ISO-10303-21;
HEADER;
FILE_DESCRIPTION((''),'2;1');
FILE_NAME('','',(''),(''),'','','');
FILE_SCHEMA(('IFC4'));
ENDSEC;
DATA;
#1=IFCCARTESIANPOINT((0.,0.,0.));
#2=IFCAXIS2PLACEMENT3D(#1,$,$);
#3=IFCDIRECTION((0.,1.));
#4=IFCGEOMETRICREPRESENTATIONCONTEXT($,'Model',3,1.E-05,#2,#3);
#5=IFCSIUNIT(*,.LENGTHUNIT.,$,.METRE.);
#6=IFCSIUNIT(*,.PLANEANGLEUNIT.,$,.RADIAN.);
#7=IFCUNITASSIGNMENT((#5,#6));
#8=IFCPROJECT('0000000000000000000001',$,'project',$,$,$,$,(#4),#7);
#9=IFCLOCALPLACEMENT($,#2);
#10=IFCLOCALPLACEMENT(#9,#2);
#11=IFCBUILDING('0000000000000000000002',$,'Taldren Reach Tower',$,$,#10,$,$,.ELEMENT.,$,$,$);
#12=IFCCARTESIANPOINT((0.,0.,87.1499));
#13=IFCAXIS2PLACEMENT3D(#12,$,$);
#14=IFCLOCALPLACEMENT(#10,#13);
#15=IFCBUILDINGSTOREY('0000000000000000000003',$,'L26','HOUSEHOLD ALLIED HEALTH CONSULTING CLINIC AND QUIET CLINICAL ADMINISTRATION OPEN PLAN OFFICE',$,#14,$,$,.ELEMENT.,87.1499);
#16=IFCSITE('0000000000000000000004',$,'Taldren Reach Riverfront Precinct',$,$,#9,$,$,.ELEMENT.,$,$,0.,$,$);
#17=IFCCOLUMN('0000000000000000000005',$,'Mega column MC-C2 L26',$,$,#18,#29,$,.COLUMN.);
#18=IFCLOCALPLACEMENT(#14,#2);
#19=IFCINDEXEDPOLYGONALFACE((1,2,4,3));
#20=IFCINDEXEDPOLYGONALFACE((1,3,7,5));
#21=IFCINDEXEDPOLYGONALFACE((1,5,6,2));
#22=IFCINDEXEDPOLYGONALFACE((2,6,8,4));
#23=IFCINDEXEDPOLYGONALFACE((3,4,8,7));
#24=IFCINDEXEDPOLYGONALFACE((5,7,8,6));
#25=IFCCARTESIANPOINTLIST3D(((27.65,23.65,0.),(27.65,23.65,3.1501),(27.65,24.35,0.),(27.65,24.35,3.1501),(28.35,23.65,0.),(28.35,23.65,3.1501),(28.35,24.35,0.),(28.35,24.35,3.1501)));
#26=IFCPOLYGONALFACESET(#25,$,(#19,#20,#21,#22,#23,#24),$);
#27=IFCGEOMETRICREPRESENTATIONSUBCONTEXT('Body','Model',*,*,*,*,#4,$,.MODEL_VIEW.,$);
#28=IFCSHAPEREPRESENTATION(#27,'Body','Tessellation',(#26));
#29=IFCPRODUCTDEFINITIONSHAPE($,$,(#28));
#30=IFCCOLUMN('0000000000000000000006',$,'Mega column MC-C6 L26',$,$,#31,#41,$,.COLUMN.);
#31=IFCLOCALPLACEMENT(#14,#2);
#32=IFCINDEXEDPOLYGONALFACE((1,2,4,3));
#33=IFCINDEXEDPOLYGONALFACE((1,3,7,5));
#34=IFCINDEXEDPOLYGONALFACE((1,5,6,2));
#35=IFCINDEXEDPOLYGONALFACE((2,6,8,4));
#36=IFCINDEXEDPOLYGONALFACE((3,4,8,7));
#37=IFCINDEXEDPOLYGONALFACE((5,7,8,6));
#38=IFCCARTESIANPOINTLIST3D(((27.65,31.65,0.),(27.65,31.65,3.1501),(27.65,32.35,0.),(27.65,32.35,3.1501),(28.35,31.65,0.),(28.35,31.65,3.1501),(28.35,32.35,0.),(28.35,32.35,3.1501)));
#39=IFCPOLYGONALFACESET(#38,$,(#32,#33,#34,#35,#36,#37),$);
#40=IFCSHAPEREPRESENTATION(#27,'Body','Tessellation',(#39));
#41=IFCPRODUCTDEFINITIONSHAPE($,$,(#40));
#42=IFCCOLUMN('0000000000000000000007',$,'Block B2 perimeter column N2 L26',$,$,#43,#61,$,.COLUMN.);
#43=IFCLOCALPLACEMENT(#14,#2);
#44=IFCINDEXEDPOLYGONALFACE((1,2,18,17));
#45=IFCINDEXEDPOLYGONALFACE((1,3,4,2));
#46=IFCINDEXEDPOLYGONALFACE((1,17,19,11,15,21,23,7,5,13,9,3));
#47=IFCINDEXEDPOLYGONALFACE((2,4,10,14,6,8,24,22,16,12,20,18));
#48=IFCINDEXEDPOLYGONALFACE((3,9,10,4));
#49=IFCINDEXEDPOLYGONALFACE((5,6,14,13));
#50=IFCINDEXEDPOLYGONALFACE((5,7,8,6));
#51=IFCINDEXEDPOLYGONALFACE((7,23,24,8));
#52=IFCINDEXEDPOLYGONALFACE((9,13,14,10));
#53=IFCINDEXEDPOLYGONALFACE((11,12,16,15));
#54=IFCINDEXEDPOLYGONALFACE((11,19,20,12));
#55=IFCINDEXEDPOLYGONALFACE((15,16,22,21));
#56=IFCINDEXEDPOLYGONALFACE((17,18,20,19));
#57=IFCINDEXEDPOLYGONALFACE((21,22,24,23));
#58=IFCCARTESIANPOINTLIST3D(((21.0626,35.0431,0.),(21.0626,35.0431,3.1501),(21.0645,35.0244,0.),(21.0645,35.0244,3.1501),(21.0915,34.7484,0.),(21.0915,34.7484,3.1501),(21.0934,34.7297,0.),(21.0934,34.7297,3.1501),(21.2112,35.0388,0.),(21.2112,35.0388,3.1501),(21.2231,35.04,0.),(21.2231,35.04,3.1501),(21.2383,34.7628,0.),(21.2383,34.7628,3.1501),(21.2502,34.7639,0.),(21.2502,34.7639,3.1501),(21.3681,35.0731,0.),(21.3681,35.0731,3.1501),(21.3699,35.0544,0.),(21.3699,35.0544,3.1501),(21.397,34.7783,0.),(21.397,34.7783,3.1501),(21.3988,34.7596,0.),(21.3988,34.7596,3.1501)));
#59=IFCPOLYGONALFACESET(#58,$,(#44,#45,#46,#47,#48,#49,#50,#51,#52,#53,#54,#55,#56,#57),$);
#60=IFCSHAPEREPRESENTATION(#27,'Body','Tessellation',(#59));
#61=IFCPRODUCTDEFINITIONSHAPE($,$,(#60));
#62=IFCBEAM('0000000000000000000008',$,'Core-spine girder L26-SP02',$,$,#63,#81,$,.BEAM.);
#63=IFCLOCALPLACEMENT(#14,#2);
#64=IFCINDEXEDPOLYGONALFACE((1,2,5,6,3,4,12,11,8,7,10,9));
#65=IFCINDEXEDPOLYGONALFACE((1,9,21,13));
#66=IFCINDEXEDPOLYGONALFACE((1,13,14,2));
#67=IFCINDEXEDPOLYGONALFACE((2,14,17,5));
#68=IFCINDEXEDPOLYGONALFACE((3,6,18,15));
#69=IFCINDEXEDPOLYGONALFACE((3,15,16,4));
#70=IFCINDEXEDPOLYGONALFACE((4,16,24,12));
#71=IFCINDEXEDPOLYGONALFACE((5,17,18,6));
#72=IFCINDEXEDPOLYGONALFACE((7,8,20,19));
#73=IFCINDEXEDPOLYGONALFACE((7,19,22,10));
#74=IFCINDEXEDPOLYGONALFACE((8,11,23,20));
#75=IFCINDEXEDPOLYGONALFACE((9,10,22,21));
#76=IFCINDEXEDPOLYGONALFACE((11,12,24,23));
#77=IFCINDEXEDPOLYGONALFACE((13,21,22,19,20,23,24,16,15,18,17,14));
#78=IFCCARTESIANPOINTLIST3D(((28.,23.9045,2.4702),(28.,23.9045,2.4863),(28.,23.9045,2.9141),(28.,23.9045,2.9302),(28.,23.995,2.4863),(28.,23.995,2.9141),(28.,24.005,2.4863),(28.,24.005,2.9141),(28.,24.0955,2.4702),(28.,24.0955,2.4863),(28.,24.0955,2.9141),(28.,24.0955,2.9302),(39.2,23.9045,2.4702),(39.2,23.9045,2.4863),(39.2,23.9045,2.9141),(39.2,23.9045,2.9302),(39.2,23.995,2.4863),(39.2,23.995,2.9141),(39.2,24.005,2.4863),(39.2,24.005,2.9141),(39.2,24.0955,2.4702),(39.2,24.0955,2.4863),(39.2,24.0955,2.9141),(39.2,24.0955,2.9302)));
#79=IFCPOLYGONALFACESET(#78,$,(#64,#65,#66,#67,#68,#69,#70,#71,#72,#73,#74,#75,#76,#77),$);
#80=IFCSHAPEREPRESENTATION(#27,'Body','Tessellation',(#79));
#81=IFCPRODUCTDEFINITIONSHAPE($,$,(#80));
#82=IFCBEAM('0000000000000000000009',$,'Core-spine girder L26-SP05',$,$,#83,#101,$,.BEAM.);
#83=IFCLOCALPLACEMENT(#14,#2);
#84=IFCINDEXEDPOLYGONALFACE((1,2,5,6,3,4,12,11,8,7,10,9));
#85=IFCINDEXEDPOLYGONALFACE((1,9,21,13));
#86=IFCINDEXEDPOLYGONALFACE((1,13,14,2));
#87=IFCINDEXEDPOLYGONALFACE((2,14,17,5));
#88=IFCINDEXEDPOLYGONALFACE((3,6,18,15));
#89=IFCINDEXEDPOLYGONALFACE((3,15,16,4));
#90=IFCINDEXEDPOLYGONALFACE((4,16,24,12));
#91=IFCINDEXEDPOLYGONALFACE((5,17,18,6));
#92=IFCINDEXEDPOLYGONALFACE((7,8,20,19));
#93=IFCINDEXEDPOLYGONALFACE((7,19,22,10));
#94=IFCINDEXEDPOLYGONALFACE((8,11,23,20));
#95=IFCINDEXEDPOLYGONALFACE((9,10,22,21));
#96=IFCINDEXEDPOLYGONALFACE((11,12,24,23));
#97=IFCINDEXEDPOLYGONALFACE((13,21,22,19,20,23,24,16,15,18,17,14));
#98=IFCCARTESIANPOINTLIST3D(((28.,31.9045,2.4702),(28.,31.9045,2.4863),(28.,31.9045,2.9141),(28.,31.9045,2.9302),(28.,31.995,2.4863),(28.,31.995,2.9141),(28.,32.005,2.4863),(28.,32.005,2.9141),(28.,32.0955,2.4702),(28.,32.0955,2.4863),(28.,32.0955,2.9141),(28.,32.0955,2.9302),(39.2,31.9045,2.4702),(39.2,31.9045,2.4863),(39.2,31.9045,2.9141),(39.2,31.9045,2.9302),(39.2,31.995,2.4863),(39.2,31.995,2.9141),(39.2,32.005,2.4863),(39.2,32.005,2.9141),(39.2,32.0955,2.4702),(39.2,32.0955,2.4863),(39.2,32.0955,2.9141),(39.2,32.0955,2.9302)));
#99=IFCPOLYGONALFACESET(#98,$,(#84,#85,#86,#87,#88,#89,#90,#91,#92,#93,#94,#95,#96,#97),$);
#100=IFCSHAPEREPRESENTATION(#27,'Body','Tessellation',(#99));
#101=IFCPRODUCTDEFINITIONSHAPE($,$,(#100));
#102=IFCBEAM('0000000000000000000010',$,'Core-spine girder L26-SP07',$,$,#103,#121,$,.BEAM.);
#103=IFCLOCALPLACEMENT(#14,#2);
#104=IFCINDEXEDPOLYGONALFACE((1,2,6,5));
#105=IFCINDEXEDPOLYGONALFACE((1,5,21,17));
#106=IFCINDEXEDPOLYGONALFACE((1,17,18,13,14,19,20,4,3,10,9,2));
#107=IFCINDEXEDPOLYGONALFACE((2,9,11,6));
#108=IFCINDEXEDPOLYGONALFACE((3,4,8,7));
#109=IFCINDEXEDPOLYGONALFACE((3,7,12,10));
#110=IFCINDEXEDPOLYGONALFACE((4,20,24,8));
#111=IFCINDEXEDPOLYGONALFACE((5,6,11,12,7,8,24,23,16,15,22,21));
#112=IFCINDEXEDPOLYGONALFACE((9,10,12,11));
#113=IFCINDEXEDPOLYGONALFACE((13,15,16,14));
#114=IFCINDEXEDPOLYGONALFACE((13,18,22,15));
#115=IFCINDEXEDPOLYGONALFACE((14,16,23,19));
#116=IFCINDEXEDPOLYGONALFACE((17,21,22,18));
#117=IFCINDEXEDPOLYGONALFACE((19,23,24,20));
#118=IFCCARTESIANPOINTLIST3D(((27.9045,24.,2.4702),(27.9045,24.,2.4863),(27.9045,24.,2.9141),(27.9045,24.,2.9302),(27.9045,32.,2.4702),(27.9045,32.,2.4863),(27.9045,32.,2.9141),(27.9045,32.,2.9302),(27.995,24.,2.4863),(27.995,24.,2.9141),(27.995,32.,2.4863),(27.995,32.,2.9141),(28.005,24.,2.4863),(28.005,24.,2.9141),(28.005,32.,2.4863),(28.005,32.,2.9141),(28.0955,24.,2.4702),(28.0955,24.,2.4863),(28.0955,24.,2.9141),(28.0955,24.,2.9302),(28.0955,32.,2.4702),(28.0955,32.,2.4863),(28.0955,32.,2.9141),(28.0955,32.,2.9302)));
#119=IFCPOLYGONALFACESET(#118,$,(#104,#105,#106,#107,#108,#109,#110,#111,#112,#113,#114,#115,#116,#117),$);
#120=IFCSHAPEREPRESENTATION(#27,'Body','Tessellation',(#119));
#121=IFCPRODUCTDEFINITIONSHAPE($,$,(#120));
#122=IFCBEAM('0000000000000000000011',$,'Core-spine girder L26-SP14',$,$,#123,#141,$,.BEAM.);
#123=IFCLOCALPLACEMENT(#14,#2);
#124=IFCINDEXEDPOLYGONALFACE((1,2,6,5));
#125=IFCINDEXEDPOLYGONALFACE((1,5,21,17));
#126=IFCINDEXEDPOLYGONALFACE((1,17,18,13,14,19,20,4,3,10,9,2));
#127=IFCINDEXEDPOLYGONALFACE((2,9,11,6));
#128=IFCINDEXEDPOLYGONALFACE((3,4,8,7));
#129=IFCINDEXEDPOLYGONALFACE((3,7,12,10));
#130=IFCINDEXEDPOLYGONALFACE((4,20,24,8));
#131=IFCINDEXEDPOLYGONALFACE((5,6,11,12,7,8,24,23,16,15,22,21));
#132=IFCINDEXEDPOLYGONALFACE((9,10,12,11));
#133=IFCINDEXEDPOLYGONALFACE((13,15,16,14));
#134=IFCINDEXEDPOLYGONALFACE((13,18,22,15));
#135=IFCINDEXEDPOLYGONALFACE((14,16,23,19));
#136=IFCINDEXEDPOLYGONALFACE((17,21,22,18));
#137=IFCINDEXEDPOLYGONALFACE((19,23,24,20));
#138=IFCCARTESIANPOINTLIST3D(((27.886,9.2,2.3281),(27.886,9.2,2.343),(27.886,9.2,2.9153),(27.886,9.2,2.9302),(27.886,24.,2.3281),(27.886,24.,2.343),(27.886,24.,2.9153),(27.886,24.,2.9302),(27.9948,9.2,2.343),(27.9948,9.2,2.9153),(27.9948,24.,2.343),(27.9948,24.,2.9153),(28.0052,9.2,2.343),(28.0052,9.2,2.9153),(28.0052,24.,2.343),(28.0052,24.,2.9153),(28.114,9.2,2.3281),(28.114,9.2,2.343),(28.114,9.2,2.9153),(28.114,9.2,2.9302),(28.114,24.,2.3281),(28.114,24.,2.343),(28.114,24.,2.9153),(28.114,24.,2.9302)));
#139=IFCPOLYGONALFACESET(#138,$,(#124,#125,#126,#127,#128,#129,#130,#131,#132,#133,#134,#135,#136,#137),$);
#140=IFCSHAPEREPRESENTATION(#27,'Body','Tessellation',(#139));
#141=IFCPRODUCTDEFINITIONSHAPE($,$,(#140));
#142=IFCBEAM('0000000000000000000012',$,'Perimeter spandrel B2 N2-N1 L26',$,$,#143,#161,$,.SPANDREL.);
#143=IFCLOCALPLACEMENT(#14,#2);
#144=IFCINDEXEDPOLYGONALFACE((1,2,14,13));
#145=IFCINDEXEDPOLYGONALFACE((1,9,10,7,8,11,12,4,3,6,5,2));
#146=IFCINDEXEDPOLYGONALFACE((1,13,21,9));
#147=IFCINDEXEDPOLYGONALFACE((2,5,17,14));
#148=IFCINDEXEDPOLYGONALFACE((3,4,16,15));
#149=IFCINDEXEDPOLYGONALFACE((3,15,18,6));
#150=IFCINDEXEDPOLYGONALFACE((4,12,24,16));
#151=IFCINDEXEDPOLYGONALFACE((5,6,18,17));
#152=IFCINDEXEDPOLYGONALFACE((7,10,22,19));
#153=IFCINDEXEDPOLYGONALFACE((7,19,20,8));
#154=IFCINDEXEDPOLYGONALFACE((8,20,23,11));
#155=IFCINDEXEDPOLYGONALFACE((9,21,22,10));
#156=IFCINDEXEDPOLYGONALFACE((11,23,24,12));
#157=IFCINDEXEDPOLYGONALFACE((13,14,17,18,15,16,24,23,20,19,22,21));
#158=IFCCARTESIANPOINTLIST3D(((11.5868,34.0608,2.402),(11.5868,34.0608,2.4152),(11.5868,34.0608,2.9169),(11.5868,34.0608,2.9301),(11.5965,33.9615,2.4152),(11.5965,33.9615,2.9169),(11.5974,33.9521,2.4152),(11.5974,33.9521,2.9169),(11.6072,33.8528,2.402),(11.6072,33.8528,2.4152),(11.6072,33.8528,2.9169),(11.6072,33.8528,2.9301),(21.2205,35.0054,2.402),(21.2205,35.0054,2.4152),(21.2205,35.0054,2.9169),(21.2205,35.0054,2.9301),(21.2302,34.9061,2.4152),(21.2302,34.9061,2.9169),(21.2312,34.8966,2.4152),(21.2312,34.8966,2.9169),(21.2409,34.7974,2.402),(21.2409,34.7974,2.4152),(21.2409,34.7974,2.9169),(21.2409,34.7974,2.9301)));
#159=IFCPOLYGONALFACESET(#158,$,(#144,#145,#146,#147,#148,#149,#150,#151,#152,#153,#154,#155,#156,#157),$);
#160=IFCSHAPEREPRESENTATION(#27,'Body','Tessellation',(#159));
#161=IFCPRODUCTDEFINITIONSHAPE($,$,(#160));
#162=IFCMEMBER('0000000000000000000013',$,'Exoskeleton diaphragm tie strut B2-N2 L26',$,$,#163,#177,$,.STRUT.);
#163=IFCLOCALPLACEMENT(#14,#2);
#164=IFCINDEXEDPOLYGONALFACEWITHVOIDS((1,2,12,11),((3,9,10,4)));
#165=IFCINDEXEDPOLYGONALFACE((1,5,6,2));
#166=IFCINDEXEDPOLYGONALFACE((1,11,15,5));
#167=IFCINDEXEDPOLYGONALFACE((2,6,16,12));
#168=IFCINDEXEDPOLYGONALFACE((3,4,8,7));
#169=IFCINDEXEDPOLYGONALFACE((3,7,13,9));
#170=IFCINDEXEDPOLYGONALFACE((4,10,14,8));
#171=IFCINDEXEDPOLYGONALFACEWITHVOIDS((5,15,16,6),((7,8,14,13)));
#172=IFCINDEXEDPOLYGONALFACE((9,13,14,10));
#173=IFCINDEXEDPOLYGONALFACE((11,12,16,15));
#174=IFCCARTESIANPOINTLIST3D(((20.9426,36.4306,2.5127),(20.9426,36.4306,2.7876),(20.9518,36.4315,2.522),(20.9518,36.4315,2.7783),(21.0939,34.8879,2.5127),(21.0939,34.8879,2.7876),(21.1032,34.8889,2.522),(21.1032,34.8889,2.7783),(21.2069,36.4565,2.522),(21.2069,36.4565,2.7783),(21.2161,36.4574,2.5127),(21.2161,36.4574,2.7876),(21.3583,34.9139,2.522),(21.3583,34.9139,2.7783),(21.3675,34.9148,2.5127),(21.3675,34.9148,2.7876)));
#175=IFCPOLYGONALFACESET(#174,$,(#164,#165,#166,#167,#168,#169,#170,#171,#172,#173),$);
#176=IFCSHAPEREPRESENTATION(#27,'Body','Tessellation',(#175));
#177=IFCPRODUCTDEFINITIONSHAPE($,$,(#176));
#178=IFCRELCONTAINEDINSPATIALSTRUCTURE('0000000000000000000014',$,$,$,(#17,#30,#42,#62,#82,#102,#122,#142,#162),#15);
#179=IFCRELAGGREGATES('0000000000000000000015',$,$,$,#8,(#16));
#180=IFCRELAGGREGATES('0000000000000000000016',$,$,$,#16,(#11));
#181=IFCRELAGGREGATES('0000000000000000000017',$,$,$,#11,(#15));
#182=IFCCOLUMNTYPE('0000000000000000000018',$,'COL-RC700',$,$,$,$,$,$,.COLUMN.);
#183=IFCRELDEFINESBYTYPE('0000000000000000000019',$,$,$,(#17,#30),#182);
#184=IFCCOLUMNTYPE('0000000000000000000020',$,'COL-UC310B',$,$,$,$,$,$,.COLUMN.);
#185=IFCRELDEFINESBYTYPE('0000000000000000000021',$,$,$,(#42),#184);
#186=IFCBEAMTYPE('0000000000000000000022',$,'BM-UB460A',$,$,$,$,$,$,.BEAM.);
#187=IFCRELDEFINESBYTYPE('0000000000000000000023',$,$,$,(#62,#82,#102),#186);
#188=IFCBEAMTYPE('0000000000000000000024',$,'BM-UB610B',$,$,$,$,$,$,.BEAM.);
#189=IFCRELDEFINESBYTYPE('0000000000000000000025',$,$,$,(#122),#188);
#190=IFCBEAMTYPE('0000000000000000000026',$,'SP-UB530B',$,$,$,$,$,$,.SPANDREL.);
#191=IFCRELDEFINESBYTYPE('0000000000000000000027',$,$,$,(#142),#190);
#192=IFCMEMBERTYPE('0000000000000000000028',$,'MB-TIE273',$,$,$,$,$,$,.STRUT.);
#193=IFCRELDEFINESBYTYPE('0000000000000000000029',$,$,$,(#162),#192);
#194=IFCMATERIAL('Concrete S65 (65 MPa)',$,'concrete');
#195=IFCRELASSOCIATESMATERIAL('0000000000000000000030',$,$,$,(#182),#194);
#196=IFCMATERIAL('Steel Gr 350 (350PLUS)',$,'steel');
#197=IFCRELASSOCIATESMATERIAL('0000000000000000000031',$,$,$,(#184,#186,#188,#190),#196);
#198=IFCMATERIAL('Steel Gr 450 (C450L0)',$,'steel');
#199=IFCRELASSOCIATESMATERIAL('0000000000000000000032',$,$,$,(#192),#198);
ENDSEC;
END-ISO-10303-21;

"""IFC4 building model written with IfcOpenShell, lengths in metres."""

from ifc_helpers import new_model, si_unit, direction, frame, origin, origin_2d, place, context, subcontext, project, spatial, rectangle, hollow_rectangle, i_section, extrude, source, transform, mapped, material, material_profile, profile_set, type_object, element, save


model = new_model("IFC4")

# Units and contexts
model_context = context("Model", 3, precision=1e-05, world=origin(), true_north=direction((0.0, 1.0)))
body_context = subcontext(model_context, "Body", "Model", "MODEL_VIEW")
ifc_project = project(units=[si_unit("LENGTHUNIT", "METRE"), si_unit("PLANEANGLEUNIT", "RADIAN")], contexts=[model_context])

# Site, building, storey
site_placement = place(None, origin())
site = spatial("IfcSite", under=ifc_project, at=site_placement, Name="Taldren Reach Riverfront Precinct", CompositionType="ELEMENT", RefElevation=0.0)
building_placement = place(site_placement, origin())
building = spatial("IfcBuilding", under=site, at=building_placement, Name="Taldren Reach Tower", CompositionType="ELEMENT")
storey_placement = place(building_placement, frame((0.0, 0.0, 87.1499)))
storey = spatial("IfcBuildingStorey", under=building, at=storey_placement, Name="L26", Description="HOUSEHOLD ALLIED HEALTH CONSULTING CLINIC AND QUIET CLINICAL ADMINISTRATION OPEN PLAN OFFICE", CompositionType="ELEMENT", Elevation=87.1499)

# Columns
ifc_material_1 = material(Name="Concrete S65 (65 MPa)", Category="concrete")
ifc_material_profile_1 = material_profile(ifc_material_1, rectangle(XDim=0.7, YDim=0.7, at=origin_2d()), Name="RC-700x700")
ifc_profile_set_1 = profile_set([ifc_material_profile_1], Name="Concrete S65 (65 MPa)")
column_type_1 = type_object("IfcColumnType", Name="COL-RC700", PredefinedType="COLUMN", material=ifc_profile_set_1)
shared_shape_1 = source(origin(), body_context, "Body", "SweptSolid", [
    extrude(rectangle(XDim=0.7, YDim=0.7, at=origin_2d()), origin(), (0.0, 0.0, 1.0), 3.1501),
])
for number, where, z_axis, x_axis, name in (
    (1, (28.0, 24.0, 0.0), (0.0, 0.0, 1.0), (1.0, 0.0, 0.0), "Mega column MC-C2 L26"),
    (2, (28.0, 32.0, 0.0), (0.0, 0.0, 1.0), (1.0, 0.0, 0.0), "Mega column MC-C6 L26"),
):
    element("IfcColumn", number, at=place(storey_placement, frame(where, z_axis=z_axis, x_axis=x_axis)), inside=storey, type_object=column_type_1, Name=name, PredefinedType="COLUMN", context=body_context, shape_type="MappedRepresentation", body=[
        mapped(shared_shape_1, transform((0.0, 0.0, 0.0), scale=1.0)),
    ])
ifc_material_2 = material(Name="Steel Gr 350 (350PLUS)", Category="steel")
ifc_material_profile_2 = material_profile(ifc_material_2, i_section(OverallWidth=0.3069, OverallDepth=0.3149, WebThickness=0.012, FlangeThickness=0.0188, at=origin_2d()), Name="310UC118")
ifc_profile_set_2 = profile_set([ifc_material_profile_2], Name="Steel Gr 350 (350PLUS)")
column_type_2 = type_object("IfcColumnType", Name="COL-UC310B", PredefinedType="COLUMN", material=ifc_profile_set_2)
shared_shape_2 = source(origin(), body_context, "Body", "SweptSolid", [
    extrude(i_section(OverallWidth=0.3069, OverallDepth=0.3149, WebThickness=0.012, FlangeThickness=0.0188, at=origin_2d()), origin(), (0.0, 0.0, 1.0), 3.1501),
])
column_placement = place(storey_placement, frame((21.2307, 34.9014, 0.0), z_axis=(0.0, 0.0, 1.0), x_axis=(0.995227, 0.097583, 0.0)))
element("IfcColumn", 3, at=column_placement, inside=storey, type_object=column_type_2, Name="Block B2 perimeter column N2 L26", PredefinedType="COLUMN", context=body_context, shape_type="MappedRepresentation", body=[
    mapped(shared_shape_2, transform((0.0, 0.0, 0.0), scale=1.0)),
])

# Beams
ifc_material_profile_3 = material_profile(ifc_material_2, i_section(OverallWidth=0.1909, OverallDepth=0.46, WebThickness=0.01, FlangeThickness=0.0161, at=origin_2d()), Name="460UB82.1")
ifc_profile_set_3 = profile_set([ifc_material_profile_3], Name="Steel Gr 350 (350PLUS)")
beam_type_1 = type_object("IfcBeamType", Name="BM-UB460A", PredefinedType="BEAM", material=ifc_profile_set_3)
shared_shape_3 = source(origin(), body_context, "Body", "SweptSolid", [
    extrude(i_section(OverallWidth=0.1909, OverallDepth=0.46, WebThickness=0.01, FlangeThickness=0.0161, at=origin_2d()), origin(), (0.0, 0.0, 1.0), 11.2),
])
for number, where, z_axis, x_axis, name in (
    (4, (28.0, 24.0, 2.7002), (1.0, 0.0, 0.0), (0.0, 1.0, 0.0), "Core-spine girder L26-SP02"),
    (5, (28.0, 32.0, 2.7002), (1.0, 0.0, 0.0), (0.0, 1.0, 0.0), "Core-spine girder L26-SP05"),
):
    element("IfcBeam", number, at=place(storey_placement, frame(where, z_axis=z_axis, x_axis=x_axis)), inside=storey, type_object=beam_type_1, Name=name, PredefinedType="BEAM", context=body_context, shape_type="MappedRepresentation", body=[
        mapped(shared_shape_3, transform((0.0, 0.0, 0.0), scale=1.0)),
    ])
shared_shape_4 = source(origin(), body_context, "Body", "SweptSolid", [
    extrude(i_section(OverallWidth=0.1909, OverallDepth=0.46, WebThickness=0.01, FlangeThickness=0.0161, at=origin_2d()), origin(), (0.0, 0.0, 1.0), 8.0),
])
beam_1_placement = place(storey_placement, frame((28.0, 24.0, 2.7002), z_axis=(0.0, 1.0, 0.0), x_axis=(-1.0, 0.0, 0.0)))
element("IfcBeam", 6, at=beam_1_placement, inside=storey, type_object=beam_type_1, Name="Core-spine girder L26-SP07", PredefinedType="BEAM", context=body_context, shape_type="MappedRepresentation", body=[
    mapped(shared_shape_4, transform((0.0, 0.0, 0.0), scale=1.0)),
])
ifc_material_profile_4 = material_profile(ifc_material_2, i_section(OverallWidth=0.228, OverallDepth=0.6021, WebThickness=0.0105, FlangeThickness=0.0149, at=origin_2d()), Name="610UB101")
ifc_profile_set_4 = profile_set([ifc_material_profile_4], Name="Steel Gr 350 (350PLUS)")
beam_type_2 = type_object("IfcBeamType", Name="BM-UB610B", PredefinedType="BEAM", material=ifc_profile_set_4)
shared_shape_5 = source(origin(), body_context, "Body", "SweptSolid", [
    extrude(i_section(OverallWidth=0.228, OverallDepth=0.6021, WebThickness=0.0105, FlangeThickness=0.0149, at=origin_2d()), origin(), (0.0, 0.0, 1.0), 14.8),
])
beam_2_placement = place(storey_placement, frame((28.0, 24.0, 2.6292), z_axis=(0.0, -1.0, 0.0), x_axis=(1.0, 0.0, 0.0)))
element("IfcBeam", 7, at=beam_2_placement, inside=storey, type_object=beam_type_2, Name="Core-spine girder L26-SP14", PredefinedType="BEAM", context=body_context, shape_type="MappedRepresentation", body=[
    mapped(shared_shape_5, transform((0.0, 0.0, 0.0), scale=1.0)),
])
ifc_material_profile_5 = material_profile(ifc_material_2, i_section(OverallWidth=0.209, OverallDepth=0.5281, WebThickness=0.0095, FlangeThickness=0.0132, at=origin_2d()), Name="530UB82.0")
ifc_profile_set_5 = profile_set([ifc_material_profile_5], Name="Steel Gr 350 (350PLUS)")
beam_type_3 = type_object("IfcBeamType", Name="SP-UB530B", PredefinedType="SPANDREL", material=ifc_profile_set_5)
shared_shape_6 = source(origin(), body_context, "Body", "SweptSolid", [
    extrude(i_section(OverallWidth=0.209, OverallDepth=0.5281, WebThickness=0.0095, FlangeThickness=0.0132, at=origin_2d()), origin(), (0.0, 0.0, 1.0), 9.6799),
])
beam_3_placement = place(storey_placement, frame((21.2307, 34.9014, 2.666), z_axis=(-0.995228, -0.097581, 0.0), x_axis=(0.097581, -0.995228, 0.0)))
element("IfcBeam", 8, at=beam_3_placement, inside=storey, type_object=beam_type_3, Name="Perimeter spandrel B2 N2-N1 L26", PredefinedType="SPANDREL", context=body_context, shape_type="MappedRepresentation", body=[
    mapped(shared_shape_6, transform((0.0, 0.0, 0.0), scale=1.0)),
])

# Member
ifc_material_3 = material(Name="Steel Gr 450 (C450L0)", Category="steel")
ifc_material_profile_6 = material_profile(ifc_material_3, hollow_rectangle(XDim=0.2749, YDim=0.2749, WallThickness=0.0093, at=origin_2d()), Name="275x275x9.3SHS")
ifc_profile_set_6 = profile_set([ifc_material_profile_6], Name="Steel Gr 450 (C450L0)")
member_type_1 = type_object("IfcMemberType", Name="MB-TIE273", PredefinedType="STRUT", material=ifc_profile_set_6)
shared_shape_7 = source(origin(), body_context, "Body", "SweptSolid", [
    extrude(hollow_rectangle(XDim=0.2749, YDim=0.2749, WallThickness=0.0093, at=origin_2d()), origin(), (0.0, 0.0, 1.0), 1.55),
])
member_1_placement = place(storey_placement, frame((21.2307, 34.9014, 2.6501), z_axis=(-0.097648, 0.995221, 0.0), x_axis=(-0.995221, -0.097648, 0.0)))
element("IfcMember", 9, at=member_1_placement, inside=storey, type_object=member_type_1, Name="Exoskeleton diaphragm tie strut B2-N2 L26", PredefinedType="STRUT", context=body_context, shape_type="MappedRepresentation", body=[
    mapped(shared_shape_7, transform((0.0, 0.0, 0.0), scale=1.0)),
])

save(model, "model.ifc")
